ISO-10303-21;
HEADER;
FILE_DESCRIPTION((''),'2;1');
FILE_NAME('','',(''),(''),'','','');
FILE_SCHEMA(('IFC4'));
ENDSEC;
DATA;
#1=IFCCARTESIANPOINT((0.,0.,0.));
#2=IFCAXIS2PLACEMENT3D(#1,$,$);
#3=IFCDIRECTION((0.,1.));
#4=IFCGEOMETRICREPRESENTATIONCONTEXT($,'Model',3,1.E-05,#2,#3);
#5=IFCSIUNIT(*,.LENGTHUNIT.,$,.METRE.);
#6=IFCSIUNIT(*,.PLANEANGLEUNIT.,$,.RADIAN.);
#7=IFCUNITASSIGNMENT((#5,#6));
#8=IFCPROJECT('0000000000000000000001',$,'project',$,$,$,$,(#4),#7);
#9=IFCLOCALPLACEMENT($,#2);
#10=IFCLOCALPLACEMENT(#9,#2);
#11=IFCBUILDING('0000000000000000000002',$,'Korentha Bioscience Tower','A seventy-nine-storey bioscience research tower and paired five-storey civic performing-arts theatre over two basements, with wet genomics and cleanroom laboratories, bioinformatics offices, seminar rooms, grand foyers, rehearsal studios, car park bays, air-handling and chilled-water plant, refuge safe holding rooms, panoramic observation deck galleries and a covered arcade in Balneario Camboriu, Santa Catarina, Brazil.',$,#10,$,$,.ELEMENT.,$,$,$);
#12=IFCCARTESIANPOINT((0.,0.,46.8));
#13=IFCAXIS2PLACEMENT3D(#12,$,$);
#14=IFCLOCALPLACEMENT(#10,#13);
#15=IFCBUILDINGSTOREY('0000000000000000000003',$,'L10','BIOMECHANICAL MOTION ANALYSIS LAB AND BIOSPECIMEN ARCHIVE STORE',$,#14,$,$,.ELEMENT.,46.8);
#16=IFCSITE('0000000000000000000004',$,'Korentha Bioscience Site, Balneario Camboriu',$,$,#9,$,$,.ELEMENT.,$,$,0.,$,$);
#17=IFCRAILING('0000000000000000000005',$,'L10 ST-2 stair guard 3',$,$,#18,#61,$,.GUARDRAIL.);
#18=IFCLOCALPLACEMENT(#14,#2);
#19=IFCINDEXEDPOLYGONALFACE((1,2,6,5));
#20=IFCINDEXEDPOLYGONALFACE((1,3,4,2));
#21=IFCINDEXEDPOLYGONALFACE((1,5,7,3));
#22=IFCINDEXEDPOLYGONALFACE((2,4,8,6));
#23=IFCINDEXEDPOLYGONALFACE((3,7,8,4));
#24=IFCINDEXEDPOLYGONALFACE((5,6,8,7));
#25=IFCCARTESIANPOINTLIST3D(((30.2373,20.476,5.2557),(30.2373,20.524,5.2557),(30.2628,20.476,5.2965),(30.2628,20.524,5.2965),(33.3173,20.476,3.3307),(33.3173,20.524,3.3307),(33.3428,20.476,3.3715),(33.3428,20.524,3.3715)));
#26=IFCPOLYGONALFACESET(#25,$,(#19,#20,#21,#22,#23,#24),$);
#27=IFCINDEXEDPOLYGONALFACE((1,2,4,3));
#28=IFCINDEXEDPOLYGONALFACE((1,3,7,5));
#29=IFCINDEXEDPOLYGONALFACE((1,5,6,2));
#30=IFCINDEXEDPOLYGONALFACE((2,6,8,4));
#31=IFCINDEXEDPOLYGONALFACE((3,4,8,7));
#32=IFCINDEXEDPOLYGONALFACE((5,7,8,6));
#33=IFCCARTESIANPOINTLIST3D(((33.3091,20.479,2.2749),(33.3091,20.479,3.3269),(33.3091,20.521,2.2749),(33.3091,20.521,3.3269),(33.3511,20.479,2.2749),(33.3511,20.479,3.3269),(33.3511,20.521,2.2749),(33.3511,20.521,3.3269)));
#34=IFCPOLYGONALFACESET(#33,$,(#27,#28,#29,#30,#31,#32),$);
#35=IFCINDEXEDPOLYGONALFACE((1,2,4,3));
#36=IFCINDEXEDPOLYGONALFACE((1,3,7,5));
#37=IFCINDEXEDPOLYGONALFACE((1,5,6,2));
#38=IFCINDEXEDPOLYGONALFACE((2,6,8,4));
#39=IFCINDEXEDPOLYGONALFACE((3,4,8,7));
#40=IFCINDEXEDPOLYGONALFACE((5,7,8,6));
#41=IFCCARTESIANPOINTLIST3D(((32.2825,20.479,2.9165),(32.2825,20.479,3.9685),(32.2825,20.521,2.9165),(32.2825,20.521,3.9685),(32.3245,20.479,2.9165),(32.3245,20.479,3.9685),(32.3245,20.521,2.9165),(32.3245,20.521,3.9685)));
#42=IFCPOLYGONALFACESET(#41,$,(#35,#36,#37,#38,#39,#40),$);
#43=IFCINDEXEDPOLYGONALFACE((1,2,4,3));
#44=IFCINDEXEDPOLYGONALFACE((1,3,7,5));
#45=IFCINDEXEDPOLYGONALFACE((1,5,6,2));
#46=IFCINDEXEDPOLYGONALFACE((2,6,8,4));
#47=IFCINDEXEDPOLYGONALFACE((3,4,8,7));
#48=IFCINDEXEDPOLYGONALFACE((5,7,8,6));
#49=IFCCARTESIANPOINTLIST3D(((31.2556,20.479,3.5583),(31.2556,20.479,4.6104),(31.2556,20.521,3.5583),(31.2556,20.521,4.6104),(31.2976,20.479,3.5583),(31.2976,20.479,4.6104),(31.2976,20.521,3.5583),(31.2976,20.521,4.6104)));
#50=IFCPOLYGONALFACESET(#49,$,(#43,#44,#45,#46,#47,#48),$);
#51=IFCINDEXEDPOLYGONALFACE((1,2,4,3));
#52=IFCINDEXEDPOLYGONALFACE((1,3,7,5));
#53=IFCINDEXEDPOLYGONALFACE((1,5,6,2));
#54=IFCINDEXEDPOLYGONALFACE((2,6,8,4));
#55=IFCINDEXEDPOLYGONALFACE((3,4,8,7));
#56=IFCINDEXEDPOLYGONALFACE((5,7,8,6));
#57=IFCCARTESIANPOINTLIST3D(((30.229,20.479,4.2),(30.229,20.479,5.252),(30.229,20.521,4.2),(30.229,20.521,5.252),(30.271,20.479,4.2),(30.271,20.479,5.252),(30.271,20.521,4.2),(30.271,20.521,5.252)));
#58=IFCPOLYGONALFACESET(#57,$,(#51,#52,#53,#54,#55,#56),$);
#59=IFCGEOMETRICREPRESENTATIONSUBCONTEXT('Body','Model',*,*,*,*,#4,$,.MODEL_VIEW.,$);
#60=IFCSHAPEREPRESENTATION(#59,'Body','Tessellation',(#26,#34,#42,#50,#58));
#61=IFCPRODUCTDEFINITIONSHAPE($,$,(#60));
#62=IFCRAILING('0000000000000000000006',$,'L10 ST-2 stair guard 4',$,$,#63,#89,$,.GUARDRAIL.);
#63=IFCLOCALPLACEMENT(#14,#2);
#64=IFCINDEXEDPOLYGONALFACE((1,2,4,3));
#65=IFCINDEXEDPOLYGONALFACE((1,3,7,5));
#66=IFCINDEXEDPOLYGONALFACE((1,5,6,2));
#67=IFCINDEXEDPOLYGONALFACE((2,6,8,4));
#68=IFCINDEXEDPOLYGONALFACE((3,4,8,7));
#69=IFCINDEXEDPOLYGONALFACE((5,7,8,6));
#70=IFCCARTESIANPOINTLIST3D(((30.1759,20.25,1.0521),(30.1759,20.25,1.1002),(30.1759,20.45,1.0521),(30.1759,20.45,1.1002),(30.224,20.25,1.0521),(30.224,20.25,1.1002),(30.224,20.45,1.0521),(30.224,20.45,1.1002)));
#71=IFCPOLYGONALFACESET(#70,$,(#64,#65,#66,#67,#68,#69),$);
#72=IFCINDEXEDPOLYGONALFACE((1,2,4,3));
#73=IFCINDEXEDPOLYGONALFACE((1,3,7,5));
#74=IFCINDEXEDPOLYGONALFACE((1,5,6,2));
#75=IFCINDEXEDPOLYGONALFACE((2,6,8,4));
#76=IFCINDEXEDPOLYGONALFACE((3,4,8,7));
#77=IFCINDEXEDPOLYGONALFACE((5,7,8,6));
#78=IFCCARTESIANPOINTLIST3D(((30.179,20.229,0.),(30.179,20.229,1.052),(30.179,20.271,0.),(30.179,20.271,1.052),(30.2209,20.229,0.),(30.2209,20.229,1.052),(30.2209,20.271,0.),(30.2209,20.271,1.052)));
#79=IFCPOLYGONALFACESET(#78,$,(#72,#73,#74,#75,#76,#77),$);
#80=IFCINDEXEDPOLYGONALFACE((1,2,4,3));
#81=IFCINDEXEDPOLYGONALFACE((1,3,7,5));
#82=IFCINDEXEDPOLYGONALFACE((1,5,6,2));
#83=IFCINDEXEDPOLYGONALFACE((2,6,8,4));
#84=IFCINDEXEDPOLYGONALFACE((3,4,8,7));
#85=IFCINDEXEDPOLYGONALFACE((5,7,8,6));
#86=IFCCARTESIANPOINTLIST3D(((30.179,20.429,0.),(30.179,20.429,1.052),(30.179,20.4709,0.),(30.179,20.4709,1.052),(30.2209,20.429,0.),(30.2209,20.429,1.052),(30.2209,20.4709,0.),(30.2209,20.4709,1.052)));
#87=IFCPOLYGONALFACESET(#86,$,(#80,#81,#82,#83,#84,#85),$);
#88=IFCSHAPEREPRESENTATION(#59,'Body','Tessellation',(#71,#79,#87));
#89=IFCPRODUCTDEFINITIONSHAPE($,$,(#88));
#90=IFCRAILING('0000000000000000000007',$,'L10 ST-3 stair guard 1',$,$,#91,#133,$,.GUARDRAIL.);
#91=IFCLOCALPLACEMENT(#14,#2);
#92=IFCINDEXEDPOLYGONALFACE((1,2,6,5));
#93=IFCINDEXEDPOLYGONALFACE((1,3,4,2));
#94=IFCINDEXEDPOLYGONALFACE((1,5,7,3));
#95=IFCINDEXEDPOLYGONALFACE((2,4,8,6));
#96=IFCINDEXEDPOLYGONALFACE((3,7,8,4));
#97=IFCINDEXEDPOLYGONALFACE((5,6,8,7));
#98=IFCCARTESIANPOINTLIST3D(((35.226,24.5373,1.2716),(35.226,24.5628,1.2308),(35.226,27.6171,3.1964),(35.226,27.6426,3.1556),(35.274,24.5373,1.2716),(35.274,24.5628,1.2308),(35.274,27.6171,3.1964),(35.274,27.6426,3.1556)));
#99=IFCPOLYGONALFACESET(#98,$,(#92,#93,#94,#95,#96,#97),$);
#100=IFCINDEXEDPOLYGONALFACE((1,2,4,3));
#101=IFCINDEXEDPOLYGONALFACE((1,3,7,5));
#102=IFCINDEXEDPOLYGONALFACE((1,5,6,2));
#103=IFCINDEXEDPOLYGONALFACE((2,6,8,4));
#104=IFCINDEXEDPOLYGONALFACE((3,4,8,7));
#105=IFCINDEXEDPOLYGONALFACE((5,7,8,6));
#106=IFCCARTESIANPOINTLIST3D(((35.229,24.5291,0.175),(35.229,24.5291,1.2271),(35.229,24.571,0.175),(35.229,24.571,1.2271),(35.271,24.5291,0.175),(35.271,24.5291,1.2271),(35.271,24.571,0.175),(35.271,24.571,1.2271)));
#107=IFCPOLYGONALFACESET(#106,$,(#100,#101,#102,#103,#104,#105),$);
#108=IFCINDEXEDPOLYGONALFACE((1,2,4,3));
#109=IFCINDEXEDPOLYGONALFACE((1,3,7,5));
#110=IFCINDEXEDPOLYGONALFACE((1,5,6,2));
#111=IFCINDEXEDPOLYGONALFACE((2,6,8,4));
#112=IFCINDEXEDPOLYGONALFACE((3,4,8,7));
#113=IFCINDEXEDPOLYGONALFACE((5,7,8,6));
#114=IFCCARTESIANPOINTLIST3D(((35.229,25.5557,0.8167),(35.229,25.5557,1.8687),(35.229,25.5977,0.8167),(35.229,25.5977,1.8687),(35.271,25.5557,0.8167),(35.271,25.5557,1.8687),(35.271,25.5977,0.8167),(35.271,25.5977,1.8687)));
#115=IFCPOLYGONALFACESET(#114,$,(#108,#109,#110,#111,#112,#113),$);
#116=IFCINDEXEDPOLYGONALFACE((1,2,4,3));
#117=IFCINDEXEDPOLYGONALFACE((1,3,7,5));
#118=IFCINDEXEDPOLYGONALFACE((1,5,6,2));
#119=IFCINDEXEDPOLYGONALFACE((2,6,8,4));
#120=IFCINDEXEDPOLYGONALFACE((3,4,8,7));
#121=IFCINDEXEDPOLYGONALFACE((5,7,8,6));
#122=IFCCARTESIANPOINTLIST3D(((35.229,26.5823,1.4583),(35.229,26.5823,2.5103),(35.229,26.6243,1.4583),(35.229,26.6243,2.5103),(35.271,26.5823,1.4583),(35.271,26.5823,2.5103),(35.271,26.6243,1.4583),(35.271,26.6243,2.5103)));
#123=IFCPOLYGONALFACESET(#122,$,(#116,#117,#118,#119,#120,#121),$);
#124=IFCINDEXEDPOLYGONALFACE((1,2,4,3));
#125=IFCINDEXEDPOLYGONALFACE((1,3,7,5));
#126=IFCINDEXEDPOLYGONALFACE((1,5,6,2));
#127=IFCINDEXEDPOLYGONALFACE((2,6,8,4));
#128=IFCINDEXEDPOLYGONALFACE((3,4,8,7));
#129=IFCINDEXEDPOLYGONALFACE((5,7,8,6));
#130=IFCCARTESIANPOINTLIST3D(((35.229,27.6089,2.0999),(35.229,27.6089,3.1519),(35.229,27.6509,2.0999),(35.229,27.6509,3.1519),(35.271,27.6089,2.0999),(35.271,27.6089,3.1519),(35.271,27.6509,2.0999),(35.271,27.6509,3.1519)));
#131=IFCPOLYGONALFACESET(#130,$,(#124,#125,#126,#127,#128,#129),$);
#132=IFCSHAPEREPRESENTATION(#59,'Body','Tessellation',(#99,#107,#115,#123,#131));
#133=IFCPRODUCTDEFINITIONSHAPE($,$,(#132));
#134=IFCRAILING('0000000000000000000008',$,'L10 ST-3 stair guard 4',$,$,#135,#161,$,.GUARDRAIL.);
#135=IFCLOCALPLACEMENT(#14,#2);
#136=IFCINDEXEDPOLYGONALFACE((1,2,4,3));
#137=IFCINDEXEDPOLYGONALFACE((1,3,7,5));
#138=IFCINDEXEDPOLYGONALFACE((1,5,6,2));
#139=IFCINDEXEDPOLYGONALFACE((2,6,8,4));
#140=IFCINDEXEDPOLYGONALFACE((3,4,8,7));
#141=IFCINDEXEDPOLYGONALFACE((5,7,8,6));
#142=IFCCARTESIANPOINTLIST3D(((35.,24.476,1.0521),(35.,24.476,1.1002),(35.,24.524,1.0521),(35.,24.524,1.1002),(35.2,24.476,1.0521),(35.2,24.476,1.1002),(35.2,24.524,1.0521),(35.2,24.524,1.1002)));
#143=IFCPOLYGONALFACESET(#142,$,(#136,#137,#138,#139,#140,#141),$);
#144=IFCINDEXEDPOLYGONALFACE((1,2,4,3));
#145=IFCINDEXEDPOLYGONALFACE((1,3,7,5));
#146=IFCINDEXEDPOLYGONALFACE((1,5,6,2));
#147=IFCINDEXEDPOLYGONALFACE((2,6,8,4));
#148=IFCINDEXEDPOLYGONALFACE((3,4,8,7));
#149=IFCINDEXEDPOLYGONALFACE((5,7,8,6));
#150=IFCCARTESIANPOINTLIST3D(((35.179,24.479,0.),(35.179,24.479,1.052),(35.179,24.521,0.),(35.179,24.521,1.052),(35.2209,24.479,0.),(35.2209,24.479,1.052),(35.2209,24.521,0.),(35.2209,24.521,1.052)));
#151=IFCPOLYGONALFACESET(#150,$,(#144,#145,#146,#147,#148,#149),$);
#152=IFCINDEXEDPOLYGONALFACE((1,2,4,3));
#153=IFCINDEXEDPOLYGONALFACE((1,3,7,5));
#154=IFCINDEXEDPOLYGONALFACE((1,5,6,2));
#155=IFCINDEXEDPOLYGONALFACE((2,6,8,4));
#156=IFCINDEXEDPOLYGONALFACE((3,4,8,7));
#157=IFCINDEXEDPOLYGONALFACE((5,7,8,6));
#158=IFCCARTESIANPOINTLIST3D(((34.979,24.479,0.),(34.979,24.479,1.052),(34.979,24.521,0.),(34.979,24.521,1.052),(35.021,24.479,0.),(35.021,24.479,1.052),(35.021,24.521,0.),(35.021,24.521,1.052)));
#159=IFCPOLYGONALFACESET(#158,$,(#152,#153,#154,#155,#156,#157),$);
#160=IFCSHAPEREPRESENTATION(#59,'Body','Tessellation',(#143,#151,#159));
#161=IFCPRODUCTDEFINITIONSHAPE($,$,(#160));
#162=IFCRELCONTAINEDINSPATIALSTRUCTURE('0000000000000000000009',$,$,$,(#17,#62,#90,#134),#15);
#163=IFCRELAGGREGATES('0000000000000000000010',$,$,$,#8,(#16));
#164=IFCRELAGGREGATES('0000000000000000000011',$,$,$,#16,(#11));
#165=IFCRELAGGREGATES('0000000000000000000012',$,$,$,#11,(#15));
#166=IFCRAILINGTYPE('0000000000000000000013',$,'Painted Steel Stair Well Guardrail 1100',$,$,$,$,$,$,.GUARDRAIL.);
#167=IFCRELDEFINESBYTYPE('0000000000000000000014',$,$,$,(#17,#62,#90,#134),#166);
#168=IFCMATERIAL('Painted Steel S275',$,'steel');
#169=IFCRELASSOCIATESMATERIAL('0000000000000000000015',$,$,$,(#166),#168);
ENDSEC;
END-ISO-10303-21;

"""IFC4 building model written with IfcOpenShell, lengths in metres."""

from ifc_helpers import new_model, si_unit, direction, frame, origin, origin_2d, place, context, subcontext, project, spatial, rectangle, extrude, material, type_object, element, save


model = new_model("IFC4")

# Units and contexts
model_context = context("Model", 3, precision=1e-05, world=origin(), true_north=direction((0.0, 1.0)))
body_context = subcontext(model_context, "Body", "Model", "MODEL_VIEW")
ifc_project = project(units=[si_unit("LENGTHUNIT", "METRE"), si_unit("PLANEANGLEUNIT", "RADIAN")], contexts=[model_context])

# Site, building, storey
site_placement = place(None, origin())
site = spatial("IfcSite", under=ifc_project, at=site_placement, Name="Korentha Bioscience Site, Balneario Camboriu", CompositionType="ELEMENT", RefElevation=0.0)
building_placement = place(site_placement, origin())
building = spatial("IfcBuilding", under=site, at=building_placement, Name="Korentha Bioscience Tower", Description="A seventy-nine-storey bioscience research tower and paired five-storey civic performing-arts theatre over two basements, with wet genomics and cleanroom laboratories, bioinformatics offices, seminar rooms, grand foyers, rehearsal studios, car park bays, air-handling and chilled-water plant, refuge safe holding rooms, panoramic observation deck galleries and a covered arcade in Balneario Camboriu, Santa Catarina, Brazil.", CompositionType="ELEMENT")
storey_placement = place(building_placement, frame((0.0, 0.0, 46.8)))
storey = spatial("IfcBuildingStorey", under=building, at=storey_placement, Name="L10", Description="BIOMECHANICAL MOTION ANALYSIS LAB AND BIOSPECIMEN ARCHIVE STORE", CompositionType="ELEMENT", Elevation=46.8)

# Railings
ifc_material_1 = material(Name="Painted Steel S275", Category="steel")
railing_type_1 = type_object("IfcRailingType", Name="Painted Steel Stair Well Guardrail 1100", PredefinedType="GUARDRAIL", material=ifc_material_1)
railing_1_placement = place(storey_placement, frame((33.3301, 20.5, 2.2749)))
element("IfcRailing", 1, at=railing_1_placement, inside=storey, type_object=railing_type_1, Name="L10 ST-2 stair guard 3", PredefinedType="GUARDRAIL", context=body_context, shape_type="SweptSolid", body=[
    extrude(rectangle(XDim=0.0481, YDim=0.0481, at=origin_2d()), frame((0.0, 0.0, 1.0762), z_axis=(-0.847998, 0.0, 0.529999), x_axis=(0.0, -1.0, 0.0)), (0.0, 0.0, 1.0), 3.6321),
    extrude(rectangle(XDim=0.042, YDim=0.042, at=origin_2d()), origin(), (0.0, 0.0, 1.0), 1.052),
    extrude(rectangle(XDim=0.042, YDim=0.042, at=origin_2d()), frame((-1.0266, 0.0, 0.6416)), (0.0, 0.0, 1.0), 1.052),
    extrude(rectangle(XDim=0.042, YDim=0.042, at=origin_2d()), frame((-2.0535, 0.0, 1.2834)), (0.0, 0.0, 1.0), 1.052),
    extrude(rectangle(XDim=0.042, YDim=0.042, at=origin_2d()), frame((-3.0801, 0.0, 1.925)), (0.0, 0.0, 1.0), 1.052),
])
railing_2_placement = place(storey_placement, frame((30.2, 20.25, 0.0)))
element("IfcRailing", 2, at=railing_2_placement, inside=storey, type_object=railing_type_1, Name="L10 ST-2 stair guard 4", PredefinedType="GUARDRAIL", context=body_context, shape_type="SweptSolid", body=[
    extrude(rectangle(XDim=0.0481, YDim=0.0481, at=origin_2d()), frame((0.0, 0.0, 1.0762), z_axis=(0.0, 1.0, 0.0), x_axis=(-1.0, 0.0, 0.0)), (0.0, 0.0, 1.0), 0.2),
    extrude(rectangle(XDim=0.042, YDim=0.042, at=origin_2d()), origin(), (0.0, 0.0, 1.0), 1.052),
    extrude(rectangle(XDim=0.042, YDim=0.042, at=origin_2d()), frame((0.0, 0.2, 0.0)), (0.0, 0.0, 1.0), 1.052),
])
railing_3_placement = place(storey_placement, frame((35.25, 24.55, 0.175)))
element("IfcRailing", 3, at=railing_3_placement, inside=storey, type_object=railing_type_1, Name="L10 ST-3 stair guard 1", PredefinedType="GUARDRAIL", context=body_context, shape_type="SweptSolid", body=[
    extrude(rectangle(XDim=0.0481, YDim=0.0481, at=origin_2d()), frame((0.0, 0.0, 1.0762), z_axis=(0.0, 0.84801, 0.529981), x_axis=(-1.0, 0.0, 0.0)), (0.0, 0.0, 1.0), 3.6318),
    extrude(rectangle(XDim=0.042, YDim=0.042, at=origin_2d()), origin(), (0.0, 0.0, 1.0), 1.052),
    extrude(rectangle(XDim=0.042, YDim=0.042, at=origin_2d()), frame((0.0, 1.0266, 0.6416)), (0.0, 0.0, 1.0), 1.052),
    extrude(rectangle(XDim=0.042, YDim=0.042, at=origin_2d()), frame((0.0, 2.0532, 1.2832)), (0.0, 0.0, 1.0), 1.052),
    extrude(rectangle(XDim=0.042, YDim=0.042, at=origin_2d()), frame((0.0, 3.0798, 1.9248)), (0.0, 0.0, 1.0), 1.052),
])
railing_4_placement = place(storey_placement, frame((35.2, 24.5, 0.0)))
element("IfcRailing", 4, at=railing_4_placement, inside=storey, type_object=railing_type_1, Name="L10 ST-3 stair guard 4", PredefinedType="GUARDRAIL", context=body_context, shape_type="SweptSolid", body=[
    extrude(rectangle(XDim=0.0481, YDim=0.0481, at=origin_2d()), frame((0.0, 0.0, 1.0762), z_axis=(-1.0, 0.0, 0.0), x_axis=(0.0, -1.0, 0.0)), (0.0, 0.0, 1.0), 0.2),
    extrude(rectangle(XDim=0.042, YDim=0.042, at=origin_2d()), origin(), (0.0, 0.0, 1.0), 1.052),
    extrude(rectangle(XDim=0.042, YDim=0.042, at=origin_2d()), frame((-0.2, 0.0, 0.0)), (0.0, 0.0, 1.0), 1.052),
])

save(model, "model.ifc")
